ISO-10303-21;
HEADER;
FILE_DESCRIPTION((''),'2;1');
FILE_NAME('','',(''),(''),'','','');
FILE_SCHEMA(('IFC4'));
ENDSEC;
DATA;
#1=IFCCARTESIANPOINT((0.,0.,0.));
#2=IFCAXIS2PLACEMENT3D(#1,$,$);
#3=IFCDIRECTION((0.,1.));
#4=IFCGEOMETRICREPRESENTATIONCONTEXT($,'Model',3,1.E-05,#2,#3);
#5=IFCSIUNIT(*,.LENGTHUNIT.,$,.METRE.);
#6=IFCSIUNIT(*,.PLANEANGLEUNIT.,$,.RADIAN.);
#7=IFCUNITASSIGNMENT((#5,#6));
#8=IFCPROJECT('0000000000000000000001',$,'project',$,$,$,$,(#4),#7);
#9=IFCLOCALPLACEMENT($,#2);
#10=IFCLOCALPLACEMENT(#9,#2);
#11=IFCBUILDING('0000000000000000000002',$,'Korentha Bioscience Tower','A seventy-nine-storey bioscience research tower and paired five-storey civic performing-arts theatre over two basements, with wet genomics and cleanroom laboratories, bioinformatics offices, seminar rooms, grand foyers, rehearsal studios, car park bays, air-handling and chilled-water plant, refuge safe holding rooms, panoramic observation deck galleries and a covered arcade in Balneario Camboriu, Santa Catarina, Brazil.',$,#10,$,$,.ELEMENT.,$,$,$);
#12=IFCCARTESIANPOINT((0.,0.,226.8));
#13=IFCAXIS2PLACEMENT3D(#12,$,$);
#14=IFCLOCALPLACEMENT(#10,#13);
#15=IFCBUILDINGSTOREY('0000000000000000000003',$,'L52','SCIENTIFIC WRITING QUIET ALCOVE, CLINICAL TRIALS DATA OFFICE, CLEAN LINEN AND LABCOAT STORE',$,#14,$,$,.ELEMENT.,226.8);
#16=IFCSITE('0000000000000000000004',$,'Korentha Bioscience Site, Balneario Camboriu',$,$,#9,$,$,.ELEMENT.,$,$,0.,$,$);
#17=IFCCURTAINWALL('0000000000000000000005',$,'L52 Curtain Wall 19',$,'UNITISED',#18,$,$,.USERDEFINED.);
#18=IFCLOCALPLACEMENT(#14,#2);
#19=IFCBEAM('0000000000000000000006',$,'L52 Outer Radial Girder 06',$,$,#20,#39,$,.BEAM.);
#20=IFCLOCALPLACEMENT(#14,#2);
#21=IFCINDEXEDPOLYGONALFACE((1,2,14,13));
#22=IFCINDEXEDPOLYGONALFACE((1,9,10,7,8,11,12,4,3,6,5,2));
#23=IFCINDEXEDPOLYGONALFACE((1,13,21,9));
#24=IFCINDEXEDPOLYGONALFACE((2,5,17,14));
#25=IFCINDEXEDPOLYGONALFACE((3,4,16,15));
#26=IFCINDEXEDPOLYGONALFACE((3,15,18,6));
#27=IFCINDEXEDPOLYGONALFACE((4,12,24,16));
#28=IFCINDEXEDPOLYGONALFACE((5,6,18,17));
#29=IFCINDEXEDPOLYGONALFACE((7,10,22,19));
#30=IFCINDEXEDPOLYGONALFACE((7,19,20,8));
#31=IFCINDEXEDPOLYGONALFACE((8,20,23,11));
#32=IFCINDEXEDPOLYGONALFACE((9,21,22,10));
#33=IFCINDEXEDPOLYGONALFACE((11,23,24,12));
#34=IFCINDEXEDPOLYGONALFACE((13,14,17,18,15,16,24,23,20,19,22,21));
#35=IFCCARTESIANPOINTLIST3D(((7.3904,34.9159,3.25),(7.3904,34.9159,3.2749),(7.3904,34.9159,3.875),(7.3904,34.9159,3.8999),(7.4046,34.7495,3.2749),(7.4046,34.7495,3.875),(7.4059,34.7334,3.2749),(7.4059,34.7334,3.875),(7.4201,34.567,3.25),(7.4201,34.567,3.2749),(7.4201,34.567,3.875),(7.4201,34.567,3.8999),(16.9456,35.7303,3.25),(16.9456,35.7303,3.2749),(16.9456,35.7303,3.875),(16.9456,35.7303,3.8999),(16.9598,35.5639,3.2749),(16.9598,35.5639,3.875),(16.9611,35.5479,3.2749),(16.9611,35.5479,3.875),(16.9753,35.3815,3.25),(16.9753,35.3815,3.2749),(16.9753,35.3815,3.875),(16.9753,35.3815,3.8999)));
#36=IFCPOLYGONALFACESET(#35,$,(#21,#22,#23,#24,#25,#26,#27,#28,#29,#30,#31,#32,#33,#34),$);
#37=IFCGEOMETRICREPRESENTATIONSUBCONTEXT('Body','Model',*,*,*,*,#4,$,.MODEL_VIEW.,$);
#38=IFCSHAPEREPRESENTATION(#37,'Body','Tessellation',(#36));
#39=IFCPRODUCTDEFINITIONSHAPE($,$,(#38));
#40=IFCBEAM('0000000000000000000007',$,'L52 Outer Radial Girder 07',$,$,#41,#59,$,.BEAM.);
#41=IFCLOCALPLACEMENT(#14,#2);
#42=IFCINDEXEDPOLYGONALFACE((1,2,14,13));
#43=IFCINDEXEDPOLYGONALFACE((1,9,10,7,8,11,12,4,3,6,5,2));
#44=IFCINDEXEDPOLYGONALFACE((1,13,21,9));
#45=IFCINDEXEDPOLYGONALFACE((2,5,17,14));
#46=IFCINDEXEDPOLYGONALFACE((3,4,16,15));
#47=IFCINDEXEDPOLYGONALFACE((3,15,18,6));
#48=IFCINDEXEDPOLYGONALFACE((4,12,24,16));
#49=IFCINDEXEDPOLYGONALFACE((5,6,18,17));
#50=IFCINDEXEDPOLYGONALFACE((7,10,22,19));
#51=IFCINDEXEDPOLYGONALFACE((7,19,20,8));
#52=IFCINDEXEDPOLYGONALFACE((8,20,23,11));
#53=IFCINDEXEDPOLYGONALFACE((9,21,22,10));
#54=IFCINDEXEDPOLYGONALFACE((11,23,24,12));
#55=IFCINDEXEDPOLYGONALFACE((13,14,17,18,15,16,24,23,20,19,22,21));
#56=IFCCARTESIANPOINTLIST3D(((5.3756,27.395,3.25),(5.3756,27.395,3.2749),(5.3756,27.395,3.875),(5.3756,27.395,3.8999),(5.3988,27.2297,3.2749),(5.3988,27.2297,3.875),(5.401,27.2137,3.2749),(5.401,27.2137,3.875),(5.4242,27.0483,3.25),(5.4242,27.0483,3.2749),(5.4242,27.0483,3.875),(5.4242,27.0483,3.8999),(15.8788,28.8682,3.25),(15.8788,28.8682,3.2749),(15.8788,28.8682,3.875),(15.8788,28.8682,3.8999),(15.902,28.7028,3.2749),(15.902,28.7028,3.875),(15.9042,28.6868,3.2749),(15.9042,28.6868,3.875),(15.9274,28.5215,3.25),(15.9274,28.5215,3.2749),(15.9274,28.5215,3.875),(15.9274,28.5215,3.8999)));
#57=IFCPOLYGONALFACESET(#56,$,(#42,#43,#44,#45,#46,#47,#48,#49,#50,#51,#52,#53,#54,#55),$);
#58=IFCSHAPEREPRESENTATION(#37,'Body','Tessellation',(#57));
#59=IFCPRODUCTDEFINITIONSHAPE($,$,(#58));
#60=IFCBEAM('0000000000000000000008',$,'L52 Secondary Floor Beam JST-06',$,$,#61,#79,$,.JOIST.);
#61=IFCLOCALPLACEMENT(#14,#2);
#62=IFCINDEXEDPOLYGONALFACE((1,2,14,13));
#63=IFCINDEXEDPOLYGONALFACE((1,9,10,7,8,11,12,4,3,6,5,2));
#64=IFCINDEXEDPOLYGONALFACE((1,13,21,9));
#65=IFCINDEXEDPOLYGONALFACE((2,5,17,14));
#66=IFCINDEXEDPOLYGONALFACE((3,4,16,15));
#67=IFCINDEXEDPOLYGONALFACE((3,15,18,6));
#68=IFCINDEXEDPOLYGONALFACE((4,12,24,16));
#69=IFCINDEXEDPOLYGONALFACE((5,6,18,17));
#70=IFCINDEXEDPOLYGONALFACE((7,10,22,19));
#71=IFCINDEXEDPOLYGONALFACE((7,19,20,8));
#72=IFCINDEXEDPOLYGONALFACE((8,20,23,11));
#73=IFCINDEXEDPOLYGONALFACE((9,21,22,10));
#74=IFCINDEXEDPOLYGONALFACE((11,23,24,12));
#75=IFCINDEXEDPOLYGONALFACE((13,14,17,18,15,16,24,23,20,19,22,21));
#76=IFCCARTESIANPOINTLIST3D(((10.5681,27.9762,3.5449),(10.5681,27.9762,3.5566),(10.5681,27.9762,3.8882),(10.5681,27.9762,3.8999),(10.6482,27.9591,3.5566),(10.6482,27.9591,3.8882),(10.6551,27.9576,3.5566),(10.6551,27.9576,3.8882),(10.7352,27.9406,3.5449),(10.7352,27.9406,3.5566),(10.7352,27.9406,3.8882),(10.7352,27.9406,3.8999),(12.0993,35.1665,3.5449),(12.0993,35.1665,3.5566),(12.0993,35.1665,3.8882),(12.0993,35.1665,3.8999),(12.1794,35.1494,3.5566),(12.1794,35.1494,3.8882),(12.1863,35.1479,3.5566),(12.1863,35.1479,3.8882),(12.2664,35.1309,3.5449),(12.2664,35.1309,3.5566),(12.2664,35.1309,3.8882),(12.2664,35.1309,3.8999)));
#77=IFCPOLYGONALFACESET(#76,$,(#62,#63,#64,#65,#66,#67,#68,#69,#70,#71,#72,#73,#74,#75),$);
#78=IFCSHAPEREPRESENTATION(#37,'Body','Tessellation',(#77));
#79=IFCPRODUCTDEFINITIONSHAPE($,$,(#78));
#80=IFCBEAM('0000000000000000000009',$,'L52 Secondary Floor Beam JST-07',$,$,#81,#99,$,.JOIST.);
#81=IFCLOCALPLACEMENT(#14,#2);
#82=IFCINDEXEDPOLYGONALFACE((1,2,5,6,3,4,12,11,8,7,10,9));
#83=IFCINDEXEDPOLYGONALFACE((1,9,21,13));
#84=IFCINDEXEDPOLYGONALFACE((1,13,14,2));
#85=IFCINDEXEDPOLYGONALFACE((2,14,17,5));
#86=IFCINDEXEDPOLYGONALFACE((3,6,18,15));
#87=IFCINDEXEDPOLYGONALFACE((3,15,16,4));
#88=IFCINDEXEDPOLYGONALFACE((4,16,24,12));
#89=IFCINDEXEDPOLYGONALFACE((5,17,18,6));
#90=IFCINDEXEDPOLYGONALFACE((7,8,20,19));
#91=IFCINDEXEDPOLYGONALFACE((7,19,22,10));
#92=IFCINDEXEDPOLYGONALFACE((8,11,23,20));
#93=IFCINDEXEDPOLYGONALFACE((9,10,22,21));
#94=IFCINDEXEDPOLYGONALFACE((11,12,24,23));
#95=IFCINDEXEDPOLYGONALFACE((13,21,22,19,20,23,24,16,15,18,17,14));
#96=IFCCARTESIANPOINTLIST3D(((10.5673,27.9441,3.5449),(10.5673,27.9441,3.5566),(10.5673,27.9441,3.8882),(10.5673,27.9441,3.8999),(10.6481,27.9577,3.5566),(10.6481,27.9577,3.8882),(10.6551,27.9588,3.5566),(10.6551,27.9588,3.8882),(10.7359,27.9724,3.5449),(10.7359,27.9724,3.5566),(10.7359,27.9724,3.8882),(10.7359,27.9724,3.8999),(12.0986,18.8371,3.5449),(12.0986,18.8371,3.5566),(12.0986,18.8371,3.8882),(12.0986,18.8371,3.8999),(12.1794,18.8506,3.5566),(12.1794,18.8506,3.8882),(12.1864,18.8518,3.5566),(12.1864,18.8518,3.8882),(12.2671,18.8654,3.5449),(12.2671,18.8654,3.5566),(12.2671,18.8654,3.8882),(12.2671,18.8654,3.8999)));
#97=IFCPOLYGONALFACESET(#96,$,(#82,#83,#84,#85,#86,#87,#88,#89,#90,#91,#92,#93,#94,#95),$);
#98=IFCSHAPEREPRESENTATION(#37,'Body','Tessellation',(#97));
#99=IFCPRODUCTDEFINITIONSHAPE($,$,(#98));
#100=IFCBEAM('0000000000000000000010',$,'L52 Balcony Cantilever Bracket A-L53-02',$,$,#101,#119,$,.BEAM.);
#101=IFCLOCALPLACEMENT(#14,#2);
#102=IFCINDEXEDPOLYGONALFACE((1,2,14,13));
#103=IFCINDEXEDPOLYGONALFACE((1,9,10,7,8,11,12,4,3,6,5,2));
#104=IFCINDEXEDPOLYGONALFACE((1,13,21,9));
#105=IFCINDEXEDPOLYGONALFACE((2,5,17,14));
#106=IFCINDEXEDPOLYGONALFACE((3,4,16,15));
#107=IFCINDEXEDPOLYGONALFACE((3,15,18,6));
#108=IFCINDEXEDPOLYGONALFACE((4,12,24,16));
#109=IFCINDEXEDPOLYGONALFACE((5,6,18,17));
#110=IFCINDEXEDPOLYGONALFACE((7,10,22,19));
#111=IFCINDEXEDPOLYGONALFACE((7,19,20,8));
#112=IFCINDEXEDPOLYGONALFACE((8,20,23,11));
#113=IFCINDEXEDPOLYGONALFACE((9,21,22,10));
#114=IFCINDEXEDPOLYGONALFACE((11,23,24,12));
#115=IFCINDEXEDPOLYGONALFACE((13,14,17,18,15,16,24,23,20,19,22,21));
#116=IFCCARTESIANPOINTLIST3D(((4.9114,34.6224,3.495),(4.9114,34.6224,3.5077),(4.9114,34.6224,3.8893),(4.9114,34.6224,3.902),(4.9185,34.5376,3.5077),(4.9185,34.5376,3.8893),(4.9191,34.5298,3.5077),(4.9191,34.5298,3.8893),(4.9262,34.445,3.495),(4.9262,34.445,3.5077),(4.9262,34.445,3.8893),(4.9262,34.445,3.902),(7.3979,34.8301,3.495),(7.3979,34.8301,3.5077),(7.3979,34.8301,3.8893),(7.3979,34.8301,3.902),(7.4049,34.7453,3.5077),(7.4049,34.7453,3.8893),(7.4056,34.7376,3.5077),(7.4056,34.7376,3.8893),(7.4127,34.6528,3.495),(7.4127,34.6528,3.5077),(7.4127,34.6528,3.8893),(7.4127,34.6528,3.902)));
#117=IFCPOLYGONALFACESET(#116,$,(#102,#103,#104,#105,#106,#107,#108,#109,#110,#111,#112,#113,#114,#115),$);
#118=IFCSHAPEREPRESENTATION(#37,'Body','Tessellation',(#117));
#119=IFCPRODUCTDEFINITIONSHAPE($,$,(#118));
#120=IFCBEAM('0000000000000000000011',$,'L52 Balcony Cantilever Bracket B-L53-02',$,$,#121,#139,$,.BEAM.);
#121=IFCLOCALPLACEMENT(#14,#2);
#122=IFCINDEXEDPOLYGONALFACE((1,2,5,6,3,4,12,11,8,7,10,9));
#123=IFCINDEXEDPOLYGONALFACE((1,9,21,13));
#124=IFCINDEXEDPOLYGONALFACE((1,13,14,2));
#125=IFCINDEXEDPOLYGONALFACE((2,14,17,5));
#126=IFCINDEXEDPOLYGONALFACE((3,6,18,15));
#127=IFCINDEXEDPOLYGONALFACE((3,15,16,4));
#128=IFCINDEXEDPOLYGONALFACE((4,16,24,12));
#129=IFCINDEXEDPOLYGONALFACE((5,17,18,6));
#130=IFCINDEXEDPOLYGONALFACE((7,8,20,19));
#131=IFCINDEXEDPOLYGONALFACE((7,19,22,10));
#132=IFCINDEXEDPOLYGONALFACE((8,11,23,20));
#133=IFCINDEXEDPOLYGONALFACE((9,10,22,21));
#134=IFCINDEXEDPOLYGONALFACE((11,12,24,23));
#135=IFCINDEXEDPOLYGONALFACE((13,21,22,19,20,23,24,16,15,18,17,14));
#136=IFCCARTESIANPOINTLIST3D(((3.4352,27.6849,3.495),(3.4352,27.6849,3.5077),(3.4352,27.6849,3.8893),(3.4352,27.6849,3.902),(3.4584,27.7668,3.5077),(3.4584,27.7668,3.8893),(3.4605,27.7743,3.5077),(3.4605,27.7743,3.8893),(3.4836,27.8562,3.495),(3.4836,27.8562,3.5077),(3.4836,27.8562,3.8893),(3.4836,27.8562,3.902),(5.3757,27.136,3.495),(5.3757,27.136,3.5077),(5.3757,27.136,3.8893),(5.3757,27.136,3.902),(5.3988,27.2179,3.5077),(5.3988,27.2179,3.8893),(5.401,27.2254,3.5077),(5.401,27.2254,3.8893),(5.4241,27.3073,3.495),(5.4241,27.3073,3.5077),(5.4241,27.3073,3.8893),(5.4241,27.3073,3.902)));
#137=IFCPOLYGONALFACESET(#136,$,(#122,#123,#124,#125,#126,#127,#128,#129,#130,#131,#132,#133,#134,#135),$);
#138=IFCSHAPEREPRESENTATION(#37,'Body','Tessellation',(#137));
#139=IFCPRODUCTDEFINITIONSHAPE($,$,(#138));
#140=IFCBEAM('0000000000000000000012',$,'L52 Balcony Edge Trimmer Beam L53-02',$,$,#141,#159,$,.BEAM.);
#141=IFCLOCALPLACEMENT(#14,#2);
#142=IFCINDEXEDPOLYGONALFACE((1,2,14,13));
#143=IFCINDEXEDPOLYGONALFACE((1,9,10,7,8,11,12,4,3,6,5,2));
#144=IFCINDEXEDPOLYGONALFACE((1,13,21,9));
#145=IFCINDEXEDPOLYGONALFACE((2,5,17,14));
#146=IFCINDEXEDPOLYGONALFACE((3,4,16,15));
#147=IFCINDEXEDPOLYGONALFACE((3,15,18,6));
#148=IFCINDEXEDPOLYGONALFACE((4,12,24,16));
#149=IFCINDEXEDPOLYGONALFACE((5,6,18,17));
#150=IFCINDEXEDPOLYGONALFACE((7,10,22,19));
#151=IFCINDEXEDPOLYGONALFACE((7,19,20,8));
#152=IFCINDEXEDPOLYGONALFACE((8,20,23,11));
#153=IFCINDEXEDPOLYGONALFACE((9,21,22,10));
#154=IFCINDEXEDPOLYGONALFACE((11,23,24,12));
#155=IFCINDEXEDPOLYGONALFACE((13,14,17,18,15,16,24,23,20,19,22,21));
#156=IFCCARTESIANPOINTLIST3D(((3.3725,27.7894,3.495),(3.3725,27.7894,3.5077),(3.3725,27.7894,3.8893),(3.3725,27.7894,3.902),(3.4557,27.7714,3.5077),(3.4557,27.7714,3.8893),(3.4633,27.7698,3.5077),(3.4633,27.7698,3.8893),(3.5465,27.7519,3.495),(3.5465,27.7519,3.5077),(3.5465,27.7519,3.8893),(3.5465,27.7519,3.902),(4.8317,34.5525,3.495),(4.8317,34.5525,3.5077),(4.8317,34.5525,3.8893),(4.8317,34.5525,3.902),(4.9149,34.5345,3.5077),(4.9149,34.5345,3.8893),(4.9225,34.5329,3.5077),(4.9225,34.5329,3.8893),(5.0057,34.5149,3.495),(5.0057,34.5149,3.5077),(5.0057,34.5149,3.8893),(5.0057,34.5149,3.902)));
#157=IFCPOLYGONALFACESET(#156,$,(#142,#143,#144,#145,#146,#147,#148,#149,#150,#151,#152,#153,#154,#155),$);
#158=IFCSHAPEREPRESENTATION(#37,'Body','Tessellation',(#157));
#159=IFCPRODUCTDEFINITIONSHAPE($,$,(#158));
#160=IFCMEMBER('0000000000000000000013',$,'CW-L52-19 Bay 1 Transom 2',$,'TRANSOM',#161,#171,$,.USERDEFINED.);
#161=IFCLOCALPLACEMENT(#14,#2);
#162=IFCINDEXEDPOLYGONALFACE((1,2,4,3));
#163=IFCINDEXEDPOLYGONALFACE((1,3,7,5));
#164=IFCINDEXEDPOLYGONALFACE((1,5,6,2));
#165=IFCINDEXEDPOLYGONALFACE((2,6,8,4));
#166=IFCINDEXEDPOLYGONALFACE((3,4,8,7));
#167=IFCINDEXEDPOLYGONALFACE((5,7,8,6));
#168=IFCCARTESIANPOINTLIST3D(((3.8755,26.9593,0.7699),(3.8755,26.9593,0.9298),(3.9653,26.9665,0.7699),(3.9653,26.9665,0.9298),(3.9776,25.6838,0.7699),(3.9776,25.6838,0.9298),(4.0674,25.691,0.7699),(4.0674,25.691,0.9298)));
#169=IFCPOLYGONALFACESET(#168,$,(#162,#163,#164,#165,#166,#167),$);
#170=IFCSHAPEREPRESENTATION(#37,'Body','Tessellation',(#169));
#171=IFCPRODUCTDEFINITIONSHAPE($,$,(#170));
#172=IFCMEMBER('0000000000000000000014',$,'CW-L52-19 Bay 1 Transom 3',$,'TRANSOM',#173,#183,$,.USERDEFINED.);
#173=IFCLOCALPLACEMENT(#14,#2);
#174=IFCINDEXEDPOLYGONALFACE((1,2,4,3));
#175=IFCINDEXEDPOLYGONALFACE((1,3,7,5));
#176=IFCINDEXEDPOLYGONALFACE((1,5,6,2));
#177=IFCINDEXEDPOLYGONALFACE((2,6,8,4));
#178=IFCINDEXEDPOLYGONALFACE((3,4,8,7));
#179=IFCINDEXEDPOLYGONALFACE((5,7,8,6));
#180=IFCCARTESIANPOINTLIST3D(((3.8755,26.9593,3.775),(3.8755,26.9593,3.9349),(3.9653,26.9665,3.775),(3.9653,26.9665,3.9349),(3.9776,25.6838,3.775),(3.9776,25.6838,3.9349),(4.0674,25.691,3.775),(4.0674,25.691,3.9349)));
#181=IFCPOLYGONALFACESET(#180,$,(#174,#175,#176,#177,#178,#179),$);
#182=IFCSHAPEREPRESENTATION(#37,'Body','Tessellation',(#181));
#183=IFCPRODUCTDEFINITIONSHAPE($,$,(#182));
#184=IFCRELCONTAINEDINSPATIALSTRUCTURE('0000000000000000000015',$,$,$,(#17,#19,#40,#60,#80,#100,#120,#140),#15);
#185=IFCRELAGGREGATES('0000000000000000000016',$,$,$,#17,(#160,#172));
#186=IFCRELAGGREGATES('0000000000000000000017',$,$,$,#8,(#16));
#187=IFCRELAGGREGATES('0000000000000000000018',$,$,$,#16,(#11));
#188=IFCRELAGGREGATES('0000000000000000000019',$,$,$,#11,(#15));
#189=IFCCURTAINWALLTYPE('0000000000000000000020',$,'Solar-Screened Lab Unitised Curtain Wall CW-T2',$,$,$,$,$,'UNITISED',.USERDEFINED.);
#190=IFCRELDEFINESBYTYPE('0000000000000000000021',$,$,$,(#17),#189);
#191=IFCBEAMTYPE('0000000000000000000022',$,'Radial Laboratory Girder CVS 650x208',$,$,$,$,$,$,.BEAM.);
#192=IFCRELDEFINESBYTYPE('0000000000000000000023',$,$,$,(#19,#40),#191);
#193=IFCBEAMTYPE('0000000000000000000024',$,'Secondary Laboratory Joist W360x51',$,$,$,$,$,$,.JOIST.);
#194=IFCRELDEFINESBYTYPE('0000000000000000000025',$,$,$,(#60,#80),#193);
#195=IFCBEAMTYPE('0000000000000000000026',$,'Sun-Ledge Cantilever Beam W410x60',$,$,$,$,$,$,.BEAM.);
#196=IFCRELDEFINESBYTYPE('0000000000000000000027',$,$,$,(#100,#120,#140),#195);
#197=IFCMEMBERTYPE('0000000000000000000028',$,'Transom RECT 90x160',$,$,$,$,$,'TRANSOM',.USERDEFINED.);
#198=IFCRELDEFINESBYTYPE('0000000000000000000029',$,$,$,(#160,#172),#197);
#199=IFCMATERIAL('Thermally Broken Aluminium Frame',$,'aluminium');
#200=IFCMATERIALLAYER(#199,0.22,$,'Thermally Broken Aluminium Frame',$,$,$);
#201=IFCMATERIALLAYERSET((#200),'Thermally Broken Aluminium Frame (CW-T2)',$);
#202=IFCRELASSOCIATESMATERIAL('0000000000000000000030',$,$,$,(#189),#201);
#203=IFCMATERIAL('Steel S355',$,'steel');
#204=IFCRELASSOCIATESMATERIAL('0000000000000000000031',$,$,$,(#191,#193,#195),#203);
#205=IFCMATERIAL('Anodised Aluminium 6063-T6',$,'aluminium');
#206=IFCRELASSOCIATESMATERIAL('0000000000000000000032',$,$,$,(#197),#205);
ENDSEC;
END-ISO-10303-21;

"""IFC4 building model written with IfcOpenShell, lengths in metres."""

from ifc_helpers import new_model, si_unit, direction, frame, origin, origin_2d, place, context, subcontext, project, spatial, rectangle, i_section, extrude, material, layer, layer_set, material_profile, profile_set, type_object, element, aggregate, save


model = new_model("IFC4")

# Units and contexts
model_context = context("Model", 3, precision=1e-05, world=origin(), true_north=direction((0.0, 1.0)))
body_context = subcontext(model_context, "Body", "Model", "MODEL_VIEW")
ifc_project = project(units=[si_unit("LENGTHUNIT", "METRE"), si_unit("PLANEANGLEUNIT", "RADIAN")], contexts=[model_context])

# Site, building, storey
site_placement = place(None, origin())
site = spatial("IfcSite", under=ifc_project, at=site_placement, Name="Korentha Bioscience Site, Balneario Camboriu", CompositionType="ELEMENT", RefElevation=0.0)
building_placement = place(site_placement, origin())
building = spatial("IfcBuilding", under=site, at=building_placement, Name="Korentha Bioscience Tower", Description="A seventy-nine-storey bioscience research tower and paired five-storey civic performing-arts theatre over two basements, with wet genomics and cleanroom laboratories, bioinformatics offices, seminar rooms, grand foyers, rehearsal studios, car park bays, air-handling and chilled-water plant, refuge safe holding rooms, panoramic observation deck galleries and a covered arcade in Balneario Camboriu, Santa Catarina, Brazil.", CompositionType="ELEMENT")
storey_placement = place(building_placement, frame((0.0, 0.0, 226.8)))
storey = spatial("IfcBuildingStorey", under=building, at=storey_placement, Name="L52", Description="SCIENTIFIC WRITING QUIET ALCOVE, CLINICAL TRIALS DATA OFFICE, CLEAN LINEN AND LABCOAT STORE", CompositionType="ELEMENT", Elevation=226.8)

# Shared definitions
ifc_material_1 = material(Name="Steel S355", Category="steel")

# Curtain wall
ifc_material_2 = material(Name="Thermally Broken Aluminium Frame", Category="aluminium")
ifc_layer_1 = layer(ifc_material_2, 0.22, Name="Thermally Broken Aluminium Frame")
ifc_layer_set_1 = layer_set([ifc_layer_1], Name="Thermally Broken Aluminium Frame (CW-T2)")
curtain_wall_type = type_object("IfcCurtainWallType", Name="Solar-Screened Lab Unitised Curtain Wall CW-T2", ElementType="UNITISED", PredefinedType="USERDEFINED", material=ifc_layer_set_1)
curtain_wall_placement = place(storey_placement, origin())
curtain_wall = element("IfcCurtainWall", 1, at=curtain_wall_placement, inside=storey, type_object=curtain_wall_type, Name="L52 Curtain Wall 19", ObjectType="UNITISED", PredefinedType="USERDEFINED")
ifc_material_3 = material(Name="Anodised Aluminium 6063-T6", Category="aluminium")

# Beams
ifc_material_profile_1 = material_profile(ifc_material_1, i_section(OverallWidth=0.3501, OverallDepth=0.6499, WebThickness=0.0161, FlangeThickness=0.0249, at=origin_2d()), Name="Steel S355")
ifc_profile_set_1 = profile_set([ifc_material_profile_1], Name="Steel S355 (RB-650)")
beam_type_1 = type_object("IfcBeamType", Name="Radial Laboratory Girder CVS 650x208", PredefinedType="BEAM", material=ifc_profile_set_1)
beam_1_placement = place(storey_placement, frame((16.9604, 35.5559, 3.575), z_axis=(-0.996387, -0.084929, 0.0), x_axis=(0.084929, -0.996387, 0.0)))
element("IfcBeam", 2, at=beam_1_placement, inside=storey, type_object=beam_type_1, Name="L52 Outer Radial Girder 06", PredefinedType="BEAM", context=body_context, shape_type="SweptSolid", body=[
    extrude(i_section(OverallWidth=0.3501, OverallDepth=0.6499, WebThickness=0.0161, FlangeThickness=0.0249, at=origin_2d()), origin(), (0.0, 0.0, 1.0), 9.5898),
])
beam_2_placement = place(storey_placement, frame((15.9031, 28.6948, 3.575), z_axis=(-0.990307, -0.138898, 0.0), x_axis=(0.138898, -0.990307, 0.0)))
element("IfcBeam", 3, at=beam_2_placement, inside=storey, type_object=beam_type_1, Name="L52 Outer Radial Girder 07", PredefinedType="BEAM", context=body_context, shape_type="SweptSolid", body=[
    extrude(i_section(OverallWidth=0.3501, OverallDepth=0.6499, WebThickness=0.0161, FlangeThickness=0.0249, at=origin_2d()), origin(), (0.0, 0.0, 1.0), 10.606),
])
ifc_material_profile_2 = material_profile(ifc_material_1, i_section(OverallWidth=0.1709, OverallDepth=0.355, WebThickness=0.0071, FlangeThickness=0.0117, at=origin_2d()), Name="Steel S355")
ifc_profile_set_2 = profile_set([ifc_material_profile_2], Name="Steel S355 (JB-360)")
beam_type_2 = type_object("IfcBeamType", Name="Secondary Laboratory Joist W360x51", PredefinedType="JOIST", material=ifc_profile_set_2)
beam_3_placement = place(storey_placement, frame((12.1829, 35.1487, 3.7224), z_axis=(-0.208286, -0.978068, 0.0), x_axis=(0.978068, -0.208286, 0.0)))
element("IfcBeam", 4, at=beam_3_placement, inside=storey, type_object=beam_type_2, Name="L52 Secondary Floor Beam JST-06", PredefinedType="JOIST", context=body_context, shape_type="SweptSolid", body=[
    extrude(i_section(OverallWidth=0.1709, OverallDepth=0.355, WebThickness=0.0071, FlangeThickness=0.0117, at=origin_2d()), origin(), (0.0, 0.0, 1.0), 7.3516),
])
beam_4_placement = place(storey_placement, frame((10.6516, 27.9583, 3.7224), z_axis=(0.165814, -0.986157, 0.0), x_axis=(0.986157, 0.165814, 0.0)))
element("IfcBeam", 5, at=beam_4_placement, inside=storey, type_object=beam_type_2, Name="L52 Secondary Floor Beam JST-07", PredefinedType="JOIST", context=body_context, shape_type="SweptSolid", body=[
    extrude(i_section(OverallWidth=0.1709, OverallDepth=0.355, WebThickness=0.0071, FlangeThickness=0.0117, at=origin_2d()), origin(), (0.0, 0.0, 1.0), 9.2349),
])
ifc_material_profile_3 = material_profile(ifc_material_1, i_section(OverallWidth=0.178, OverallDepth=0.407, WebThickness=0.0078, FlangeThickness=0.0127, at=origin_2d()), Name="Steel S355")
ifc_profile_set_3 = profile_set([ifc_material_profile_3], Name="Steel S355 (CB-410)")
beam_type_3 = type_object("IfcBeamType", Name="Sun-Ledge Cantilever Beam W410x60", PredefinedType="BEAM", material=ifc_profile_set_3)
beam_5_placement = place(storey_placement, frame((7.4053, 34.7415, 3.6985), z_axis=(-0.996528, -0.083264, 0.0), x_axis=(0.083264, -0.996528, 0.0)))
element("IfcBeam", 6, at=beam_5_placement, inside=storey, type_object=beam_type_3, Name="L52 Balcony Cantilever Bracket A-L53-02", PredefinedType="BEAM", context=body_context, shape_type="SweptSolid", body=[
    extrude(i_section(OverallWidth=0.178, OverallDepth=0.407, WebThickness=0.0078, FlangeThickness=0.0127, at=origin_2d()), origin(), (0.0, 0.0, 1.0), 2.4951),
])
beam_6_placement = place(storey_placement, frame((5.3999, 27.2217, 3.6985), z_axis=(-0.962252, 0.272162, 0.0), x_axis=(-0.272162, -0.962252, 0.0)))
element("IfcBeam", 7, at=beam_6_placement, inside=storey, type_object=beam_type_3, Name="L52 Balcony Cantilever Bracket B-L53-02", PredefinedType="BEAM", context=body_context, shape_type="SweptSolid", body=[
    extrude(i_section(OverallWidth=0.178, OverallDepth=0.407, WebThickness=0.0078, FlangeThickness=0.0127, at=origin_2d()), origin(), (0.0, 0.0, 1.0), 2.0166),
])
beam_7_placement = place(storey_placement, frame((4.9187, 34.5337, 3.6985), z_axis=(-0.210907, -0.977506, 0.0), x_axis=(0.977506, -0.210907, 0.0)))
element("IfcBeam", 8, at=beam_7_placement, inside=storey, type_object=beam_type_3, Name="L52 Balcony Edge Trimmer Beam L53-02", PredefinedType="BEAM", context=body_context, shape_type="SweptSolid", body=[
    extrude(i_section(OverallWidth=0.178, OverallDepth=0.407, WebThickness=0.0078, FlangeThickness=0.0127, at=origin_2d()), origin(), (0.0, 0.0, 1.0), 6.9187),
])

# Members
ifc_material_profile_4 = material_profile(ifc_material_3, rectangle(XDim=0.0901, YDim=0.1599, at=origin_2d()), Name="Anodised Aluminium 6063-T6")
ifc_profile_set_4 = profile_set([ifc_material_profile_4], Name="Anodised Aluminium 6063-T6 (CW-TRN)")
member_type_1 = type_object("IfcMemberType", Name="Transom RECT 90x160", ElementType="TRANSOM", PredefinedType="USERDEFINED", material=ifc_profile_set_4)
member_1_placement = place(storey_placement, frame((3.9204, 26.9629, 0.8499), z_axis=(0.07976, -0.996814, 0.0), x_axis=(0.996814, 0.07976, 0.0)))
member_1 = element("IfcMember", 9, at=member_1_placement, type_object=member_type_1, Name="CW-L52-19 Bay 1 Transom 2", ObjectType="TRANSOM", PredefinedType="USERDEFINED", context=body_context, shape_type="SweptSolid", body=[
    extrude(rectangle(XDim=0.0901, YDim=0.1599, at=origin_2d()), origin(), (0.0, 0.0, 1.0), 1.2795),
])
member_2_placement = place(storey_placement, frame((3.9204, 26.9629, 3.855), z_axis=(0.07976, -0.996814, 0.0), x_axis=(0.996814, 0.07976, 0.0)))
member_2 = element("IfcMember", 10, at=member_2_placement, type_object=member_type_1, Name="CW-L52-19 Bay 1 Transom 3", ObjectType="TRANSOM", PredefinedType="USERDEFINED", context=body_context, shape_type="SweptSolid", body=[
    extrude(rectangle(XDim=0.0901, YDim=0.1599, at=origin_2d()), origin(), (0.0, 0.0, 1.0), 1.2795),
])
aggregate(curtain_wall, [member_1, member_2])

save(model, "model.ifc")
